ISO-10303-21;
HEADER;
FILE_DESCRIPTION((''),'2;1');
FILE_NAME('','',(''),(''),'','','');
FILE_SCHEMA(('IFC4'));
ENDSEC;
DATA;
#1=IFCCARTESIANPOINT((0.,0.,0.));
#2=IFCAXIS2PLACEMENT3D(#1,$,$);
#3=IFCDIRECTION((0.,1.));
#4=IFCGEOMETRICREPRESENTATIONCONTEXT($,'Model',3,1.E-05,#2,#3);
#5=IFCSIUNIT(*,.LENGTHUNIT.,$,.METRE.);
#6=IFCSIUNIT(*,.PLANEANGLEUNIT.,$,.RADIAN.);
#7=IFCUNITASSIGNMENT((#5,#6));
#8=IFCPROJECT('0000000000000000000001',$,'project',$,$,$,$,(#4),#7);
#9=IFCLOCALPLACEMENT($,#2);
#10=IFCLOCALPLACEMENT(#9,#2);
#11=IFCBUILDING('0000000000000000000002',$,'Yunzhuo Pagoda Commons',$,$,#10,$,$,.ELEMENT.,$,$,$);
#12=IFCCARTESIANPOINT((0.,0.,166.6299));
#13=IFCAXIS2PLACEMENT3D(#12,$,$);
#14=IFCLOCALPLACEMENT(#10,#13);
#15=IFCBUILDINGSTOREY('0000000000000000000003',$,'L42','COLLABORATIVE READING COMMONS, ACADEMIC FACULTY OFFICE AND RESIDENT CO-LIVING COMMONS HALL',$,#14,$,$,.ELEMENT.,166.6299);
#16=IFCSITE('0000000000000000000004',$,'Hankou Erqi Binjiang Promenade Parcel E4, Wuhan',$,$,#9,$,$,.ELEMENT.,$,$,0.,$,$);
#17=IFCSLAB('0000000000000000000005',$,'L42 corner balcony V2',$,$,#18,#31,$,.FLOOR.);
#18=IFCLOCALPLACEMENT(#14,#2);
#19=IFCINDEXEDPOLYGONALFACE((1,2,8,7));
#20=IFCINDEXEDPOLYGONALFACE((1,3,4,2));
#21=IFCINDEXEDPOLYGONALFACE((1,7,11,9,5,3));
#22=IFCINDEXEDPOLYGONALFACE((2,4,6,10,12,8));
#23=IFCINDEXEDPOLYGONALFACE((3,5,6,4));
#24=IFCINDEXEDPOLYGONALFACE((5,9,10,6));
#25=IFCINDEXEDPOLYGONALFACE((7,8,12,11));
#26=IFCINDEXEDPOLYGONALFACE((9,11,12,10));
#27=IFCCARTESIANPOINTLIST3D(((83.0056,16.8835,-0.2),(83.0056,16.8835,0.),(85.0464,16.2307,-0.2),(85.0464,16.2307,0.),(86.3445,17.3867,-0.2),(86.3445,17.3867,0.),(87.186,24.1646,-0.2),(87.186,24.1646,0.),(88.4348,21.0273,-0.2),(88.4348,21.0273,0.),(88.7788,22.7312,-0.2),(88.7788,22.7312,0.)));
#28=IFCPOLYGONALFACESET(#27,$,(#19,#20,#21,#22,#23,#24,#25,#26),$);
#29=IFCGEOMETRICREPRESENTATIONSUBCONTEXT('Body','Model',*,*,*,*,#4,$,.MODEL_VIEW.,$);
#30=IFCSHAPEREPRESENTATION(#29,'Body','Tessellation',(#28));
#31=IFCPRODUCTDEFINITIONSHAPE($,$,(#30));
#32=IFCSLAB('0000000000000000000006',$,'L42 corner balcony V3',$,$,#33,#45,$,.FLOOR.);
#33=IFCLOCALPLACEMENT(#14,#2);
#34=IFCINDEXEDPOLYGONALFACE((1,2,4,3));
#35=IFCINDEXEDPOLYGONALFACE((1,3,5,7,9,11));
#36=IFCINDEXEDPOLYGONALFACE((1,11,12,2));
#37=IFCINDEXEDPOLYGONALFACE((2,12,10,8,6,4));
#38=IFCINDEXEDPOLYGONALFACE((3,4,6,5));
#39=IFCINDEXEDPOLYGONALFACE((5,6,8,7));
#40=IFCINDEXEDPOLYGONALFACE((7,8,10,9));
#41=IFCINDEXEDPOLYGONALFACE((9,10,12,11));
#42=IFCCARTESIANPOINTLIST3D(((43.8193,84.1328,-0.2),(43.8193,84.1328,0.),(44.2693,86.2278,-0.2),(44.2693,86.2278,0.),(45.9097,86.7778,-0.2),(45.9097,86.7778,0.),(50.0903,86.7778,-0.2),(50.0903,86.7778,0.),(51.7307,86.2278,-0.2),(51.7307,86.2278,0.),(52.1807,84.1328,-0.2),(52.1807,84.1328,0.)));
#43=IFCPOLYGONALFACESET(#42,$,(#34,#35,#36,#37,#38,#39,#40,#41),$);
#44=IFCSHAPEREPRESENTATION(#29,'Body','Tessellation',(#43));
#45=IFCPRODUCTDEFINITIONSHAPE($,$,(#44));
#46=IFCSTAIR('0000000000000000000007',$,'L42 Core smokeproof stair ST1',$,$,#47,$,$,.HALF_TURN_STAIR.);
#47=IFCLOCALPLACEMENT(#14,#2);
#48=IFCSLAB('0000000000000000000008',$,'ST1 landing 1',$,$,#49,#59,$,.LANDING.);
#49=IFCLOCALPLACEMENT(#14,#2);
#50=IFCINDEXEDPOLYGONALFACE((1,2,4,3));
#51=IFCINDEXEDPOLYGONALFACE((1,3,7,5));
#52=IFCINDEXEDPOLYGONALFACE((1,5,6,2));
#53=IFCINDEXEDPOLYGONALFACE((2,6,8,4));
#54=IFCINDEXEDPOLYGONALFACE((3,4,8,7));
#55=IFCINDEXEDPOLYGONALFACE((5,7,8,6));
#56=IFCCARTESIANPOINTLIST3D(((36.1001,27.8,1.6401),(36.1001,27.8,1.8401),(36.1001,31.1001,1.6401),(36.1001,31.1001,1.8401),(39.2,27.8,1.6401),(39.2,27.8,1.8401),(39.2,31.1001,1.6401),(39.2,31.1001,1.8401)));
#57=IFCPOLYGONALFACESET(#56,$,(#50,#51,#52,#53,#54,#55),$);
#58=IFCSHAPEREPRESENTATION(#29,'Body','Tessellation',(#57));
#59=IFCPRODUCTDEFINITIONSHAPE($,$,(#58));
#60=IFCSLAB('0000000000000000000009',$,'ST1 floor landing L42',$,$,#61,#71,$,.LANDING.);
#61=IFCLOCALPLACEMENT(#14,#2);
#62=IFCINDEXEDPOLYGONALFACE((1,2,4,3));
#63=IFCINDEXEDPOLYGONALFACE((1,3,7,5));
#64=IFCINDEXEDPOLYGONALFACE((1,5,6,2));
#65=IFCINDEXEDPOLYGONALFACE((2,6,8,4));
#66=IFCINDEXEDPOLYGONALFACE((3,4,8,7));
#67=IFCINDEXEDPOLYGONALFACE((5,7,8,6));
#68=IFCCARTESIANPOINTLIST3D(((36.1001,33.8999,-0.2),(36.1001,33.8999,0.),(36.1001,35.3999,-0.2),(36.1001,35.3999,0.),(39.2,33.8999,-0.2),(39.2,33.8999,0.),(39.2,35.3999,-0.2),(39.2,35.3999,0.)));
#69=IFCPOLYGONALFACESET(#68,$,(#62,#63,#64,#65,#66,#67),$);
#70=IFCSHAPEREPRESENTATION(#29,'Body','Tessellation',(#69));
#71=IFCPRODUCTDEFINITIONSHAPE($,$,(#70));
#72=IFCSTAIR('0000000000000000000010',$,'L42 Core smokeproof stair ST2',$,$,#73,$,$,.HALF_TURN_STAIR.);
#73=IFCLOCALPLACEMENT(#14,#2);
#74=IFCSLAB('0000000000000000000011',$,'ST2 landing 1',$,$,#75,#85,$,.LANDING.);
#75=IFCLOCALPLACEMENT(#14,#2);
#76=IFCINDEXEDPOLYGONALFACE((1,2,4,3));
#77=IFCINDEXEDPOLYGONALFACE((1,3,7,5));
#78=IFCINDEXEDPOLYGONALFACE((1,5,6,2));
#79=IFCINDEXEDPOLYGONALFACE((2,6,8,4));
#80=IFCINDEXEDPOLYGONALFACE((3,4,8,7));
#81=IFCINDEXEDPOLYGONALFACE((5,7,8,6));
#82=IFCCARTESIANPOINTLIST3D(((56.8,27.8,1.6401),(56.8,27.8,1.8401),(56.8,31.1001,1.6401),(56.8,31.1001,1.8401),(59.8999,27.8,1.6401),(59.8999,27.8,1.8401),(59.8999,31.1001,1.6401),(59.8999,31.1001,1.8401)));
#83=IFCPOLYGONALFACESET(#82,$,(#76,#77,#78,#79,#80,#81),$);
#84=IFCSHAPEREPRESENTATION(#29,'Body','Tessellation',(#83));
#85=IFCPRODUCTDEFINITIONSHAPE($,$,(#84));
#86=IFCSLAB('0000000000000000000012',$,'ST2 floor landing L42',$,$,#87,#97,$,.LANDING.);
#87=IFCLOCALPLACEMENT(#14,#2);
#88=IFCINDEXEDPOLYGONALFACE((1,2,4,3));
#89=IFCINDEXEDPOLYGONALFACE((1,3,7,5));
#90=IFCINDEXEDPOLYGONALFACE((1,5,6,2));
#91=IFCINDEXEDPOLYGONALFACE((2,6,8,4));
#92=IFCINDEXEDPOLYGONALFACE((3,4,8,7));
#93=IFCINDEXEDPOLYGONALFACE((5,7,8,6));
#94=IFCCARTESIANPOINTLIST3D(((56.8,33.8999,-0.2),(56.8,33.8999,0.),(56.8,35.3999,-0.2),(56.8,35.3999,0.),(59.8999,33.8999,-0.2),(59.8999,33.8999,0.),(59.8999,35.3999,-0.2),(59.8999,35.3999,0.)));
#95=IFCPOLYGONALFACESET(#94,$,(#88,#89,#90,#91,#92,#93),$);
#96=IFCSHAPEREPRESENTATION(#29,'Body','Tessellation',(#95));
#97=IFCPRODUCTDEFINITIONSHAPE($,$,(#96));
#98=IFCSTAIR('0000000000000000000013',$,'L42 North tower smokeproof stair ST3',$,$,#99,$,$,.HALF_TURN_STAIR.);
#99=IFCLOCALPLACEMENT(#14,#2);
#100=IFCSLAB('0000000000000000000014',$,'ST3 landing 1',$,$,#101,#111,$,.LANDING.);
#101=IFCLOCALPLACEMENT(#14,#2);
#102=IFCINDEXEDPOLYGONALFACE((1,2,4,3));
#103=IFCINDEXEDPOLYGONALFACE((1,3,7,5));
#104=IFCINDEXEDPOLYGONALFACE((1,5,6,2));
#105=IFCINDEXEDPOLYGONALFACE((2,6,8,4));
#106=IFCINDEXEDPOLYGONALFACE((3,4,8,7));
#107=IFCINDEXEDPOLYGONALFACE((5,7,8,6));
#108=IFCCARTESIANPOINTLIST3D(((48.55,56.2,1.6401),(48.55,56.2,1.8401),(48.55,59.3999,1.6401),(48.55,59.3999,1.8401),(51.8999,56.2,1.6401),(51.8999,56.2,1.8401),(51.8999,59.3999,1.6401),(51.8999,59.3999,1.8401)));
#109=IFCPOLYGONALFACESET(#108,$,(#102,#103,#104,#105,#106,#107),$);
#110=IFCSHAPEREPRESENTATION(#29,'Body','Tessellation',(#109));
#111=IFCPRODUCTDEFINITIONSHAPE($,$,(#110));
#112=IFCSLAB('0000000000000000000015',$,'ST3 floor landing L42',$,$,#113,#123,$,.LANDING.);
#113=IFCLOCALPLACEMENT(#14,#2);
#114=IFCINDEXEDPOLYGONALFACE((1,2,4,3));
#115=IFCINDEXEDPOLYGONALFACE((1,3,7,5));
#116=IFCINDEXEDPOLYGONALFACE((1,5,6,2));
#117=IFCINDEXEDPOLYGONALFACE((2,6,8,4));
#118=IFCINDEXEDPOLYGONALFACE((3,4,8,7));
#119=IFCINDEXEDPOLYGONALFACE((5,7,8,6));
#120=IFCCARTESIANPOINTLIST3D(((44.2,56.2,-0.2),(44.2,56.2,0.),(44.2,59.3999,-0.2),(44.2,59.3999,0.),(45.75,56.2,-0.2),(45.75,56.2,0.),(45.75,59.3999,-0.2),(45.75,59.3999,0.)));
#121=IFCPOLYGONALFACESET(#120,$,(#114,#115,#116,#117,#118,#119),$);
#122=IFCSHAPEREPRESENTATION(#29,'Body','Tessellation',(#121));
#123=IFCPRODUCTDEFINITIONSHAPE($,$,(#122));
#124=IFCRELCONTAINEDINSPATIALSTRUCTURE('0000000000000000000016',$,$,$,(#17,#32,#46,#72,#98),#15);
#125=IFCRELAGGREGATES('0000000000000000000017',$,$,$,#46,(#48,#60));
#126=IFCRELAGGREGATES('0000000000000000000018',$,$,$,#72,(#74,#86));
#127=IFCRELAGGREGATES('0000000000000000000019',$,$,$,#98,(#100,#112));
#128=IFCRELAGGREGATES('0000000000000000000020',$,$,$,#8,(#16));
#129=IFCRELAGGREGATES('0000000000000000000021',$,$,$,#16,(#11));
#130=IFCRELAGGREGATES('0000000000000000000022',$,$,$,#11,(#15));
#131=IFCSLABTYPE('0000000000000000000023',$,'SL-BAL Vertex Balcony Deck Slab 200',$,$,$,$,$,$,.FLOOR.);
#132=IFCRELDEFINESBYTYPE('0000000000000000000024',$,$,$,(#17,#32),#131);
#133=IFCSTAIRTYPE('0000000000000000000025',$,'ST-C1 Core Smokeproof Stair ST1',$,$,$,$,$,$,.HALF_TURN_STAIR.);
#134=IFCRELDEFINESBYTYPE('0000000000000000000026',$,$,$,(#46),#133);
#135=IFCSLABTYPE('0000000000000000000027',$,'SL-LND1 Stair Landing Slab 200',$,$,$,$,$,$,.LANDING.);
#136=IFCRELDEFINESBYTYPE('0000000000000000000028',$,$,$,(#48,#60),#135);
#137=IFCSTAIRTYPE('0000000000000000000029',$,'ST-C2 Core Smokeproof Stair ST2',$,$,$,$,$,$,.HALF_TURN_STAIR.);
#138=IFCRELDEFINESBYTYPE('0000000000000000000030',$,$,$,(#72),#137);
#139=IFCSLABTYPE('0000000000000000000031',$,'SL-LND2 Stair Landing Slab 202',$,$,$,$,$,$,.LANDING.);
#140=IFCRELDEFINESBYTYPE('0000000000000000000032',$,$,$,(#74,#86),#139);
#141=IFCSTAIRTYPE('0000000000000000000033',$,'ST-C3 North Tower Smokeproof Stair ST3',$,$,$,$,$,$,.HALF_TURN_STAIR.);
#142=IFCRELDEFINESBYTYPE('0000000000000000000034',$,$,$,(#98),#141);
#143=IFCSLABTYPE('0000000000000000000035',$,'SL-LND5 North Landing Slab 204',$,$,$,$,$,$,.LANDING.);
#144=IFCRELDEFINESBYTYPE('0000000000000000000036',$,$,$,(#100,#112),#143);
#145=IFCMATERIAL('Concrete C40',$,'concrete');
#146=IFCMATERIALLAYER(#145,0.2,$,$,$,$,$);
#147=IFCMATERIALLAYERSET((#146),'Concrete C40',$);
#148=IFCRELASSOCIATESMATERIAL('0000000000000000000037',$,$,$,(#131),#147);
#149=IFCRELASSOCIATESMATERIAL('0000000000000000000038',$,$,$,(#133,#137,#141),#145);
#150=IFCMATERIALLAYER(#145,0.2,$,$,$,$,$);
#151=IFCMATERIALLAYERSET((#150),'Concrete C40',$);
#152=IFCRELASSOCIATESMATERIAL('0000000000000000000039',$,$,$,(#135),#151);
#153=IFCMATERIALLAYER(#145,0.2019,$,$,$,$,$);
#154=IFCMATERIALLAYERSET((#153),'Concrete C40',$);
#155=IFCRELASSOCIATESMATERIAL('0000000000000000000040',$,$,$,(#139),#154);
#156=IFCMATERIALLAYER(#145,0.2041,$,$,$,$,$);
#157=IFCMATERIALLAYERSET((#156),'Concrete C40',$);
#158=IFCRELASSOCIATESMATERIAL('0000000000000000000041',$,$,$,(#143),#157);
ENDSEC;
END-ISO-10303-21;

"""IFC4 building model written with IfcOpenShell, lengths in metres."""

from ifc_helpers import new_model, si_unit, direction, frame, origin, place, context, subcontext, project, spatial, polyline, outline, extrude, material, layer, layer_set, type_object, element, aggregate, save


model = new_model("IFC4")

# Units and contexts
model_context = context("Model", 3, precision=1e-05, world=origin(), true_north=direction((0.0, 1.0)))
body_context = subcontext(model_context, "Body", "Model", "MODEL_VIEW")
ifc_project = project(units=[si_unit("LENGTHUNIT", "METRE"), si_unit("PLANEANGLEUNIT", "RADIAN")], contexts=[model_context])

# Site, building, storey
site_placement = place(None, origin())
site = spatial("IfcSite", under=ifc_project, at=site_placement, Name="Hankou Erqi Binjiang Promenade Parcel E4, Wuhan", CompositionType="ELEMENT", RefElevation=0.0)
building_placement = place(site_placement, origin())
building = spatial("IfcBuilding", under=site, at=building_placement, Name="Yunzhuo Pagoda Commons", CompositionType="ELEMENT")
storey_placement = place(building_placement, frame((0.0, 0.0, 166.6299)))
storey = spatial("IfcBuildingStorey", under=building, at=storey_placement, Name="L42", Description="COLLABORATIVE READING COMMONS, ACADEMIC FACULTY OFFICE AND RESIDENT CO-LIVING COMMONS HALL", CompositionType="ELEMENT", Elevation=166.6299)

# Slabs
ifc_material_1 = material(Name="Concrete C40", Category="concrete")
ifc_layer_1 = layer(ifc_material_1, 0.2)
ifc_layer_set_1 = layer_set([ifc_layer_1], Name="Concrete C40")
slab_type_1 = type_object("IfcSlabType", Name="SL-BAL Vertex Balcony Deck Slab 200", PredefinedType="FLOOR", material=ifc_layer_set_1)
slab_1_placement = place(storey_placement, frame((0.0, 0.0, -0.2)))
element("IfcSlab", 1, at=slab_1_placement, inside=storey, type_object=slab_type_1, Name="L42 corner balcony V2", PredefinedType="FLOOR", context=body_context, shape_type="SweptSolid", body=[
    extrude(outline(polyline([(83.0056, 16.8835), (87.186, 24.1646), (88.7788, 22.7312), (88.4348, 21.0273), (86.3445, 17.3867), (85.0464, 16.2307), (83.0056, 16.8835)])), origin(), (0.0, 0.0, 1.0), 0.2),
])
slab_2_placement = place(storey_placement, frame((0.0, 0.0, -0.2)))
element("IfcSlab", 2, at=slab_2_placement, inside=storey, type_object=slab_type_1, Name="L42 corner balcony V3", PredefinedType="FLOOR", context=body_context, shape_type="SweptSolid", body=[
    extrude(outline(polyline([(52.1807, 84.1328), (43.8193, 84.1328), (44.2693, 86.2278), (45.9097, 86.7778), (50.0903, 86.7778), (51.7307, 86.2278), (52.1807, 84.1328)])), origin(), (0.0, 0.0, 1.0), 0.2),
])

# Stairs, slabs
stair_type_1 = type_object("IfcStairType", Name="ST-C1 Core Smokeproof Stair ST1", PredefinedType="HALF_TURN_STAIR", material=ifc_material_1)
stair_1_placement = place(storey_placement, origin())
stair_1 = element("IfcStair", 3, at=stair_1_placement, inside=storey, type_object=stair_type_1, Name="L42 Core smokeproof stair ST1", PredefinedType="HALF_TURN_STAIR")
ifc_layer_2 = layer(ifc_material_1, 0.2)
ifc_layer_set_2 = layer_set([ifc_layer_2], Name="Concrete C40")
slab_type_2 = type_object("IfcSlabType", Name="SL-LND1 Stair Landing Slab 200", PredefinedType="LANDING", material=ifc_layer_set_2)
slab_3_placement = place(storey_placement, frame((0.0, 0.0, 1.6401)))
slab_3 = element("IfcSlab", 4, at=slab_3_placement, type_object=slab_type_2, Name="ST1 landing 1", PredefinedType="LANDING", context=body_context, shape_type="SweptSolid", body=[
    extrude(outline(polyline([(36.1001, 31.1001), (36.1001, 27.8), (39.2, 27.8), (39.2, 31.1001), (36.1001, 31.1001)])), origin(), (0.0, 0.0, 1.0), 0.2),
])
slab_4_placement = place(storey_placement, frame((0.0, 0.0, -0.2)))
slab_4 = element("IfcSlab", 5, at=slab_4_placement, type_object=slab_type_2, Name="ST1 floor landing L42", PredefinedType="LANDING", context=body_context, shape_type="SweptSolid", body=[
    extrude(outline(polyline([(36.1001, 35.3999), (36.1001, 33.8999), (39.2, 33.8999), (39.2, 35.3999), (36.1001, 35.3999)])), origin(), (0.0, 0.0, 1.0), 0.2),
])
aggregate(stair_1, [slab_3, slab_4])
stair_type_2 = type_object("IfcStairType", Name="ST-C2 Core Smokeproof Stair ST2", PredefinedType="HALF_TURN_STAIR", material=ifc_material_1)
stair_2_placement = place(storey_placement, origin())
stair_2 = element("IfcStair", 6, at=stair_2_placement, inside=storey, type_object=stair_type_2, Name="L42 Core smokeproof stair ST2", PredefinedType="HALF_TURN_STAIR")
ifc_layer_3 = layer(ifc_material_1, 0.2019)
ifc_layer_set_3 = layer_set([ifc_layer_3], Name="Concrete C40")
slab_type_3 = type_object("IfcSlabType", Name="SL-LND2 Stair Landing Slab 202", PredefinedType="LANDING", material=ifc_layer_set_3)
slab_5_placement = place(storey_placement, frame((0.0, 0.0, 1.6401)))
slab_5 = element("IfcSlab", 7, at=slab_5_placement, type_object=slab_type_3, Name="ST2 landing 1", PredefinedType="LANDING", context=body_context, shape_type="SweptSolid", body=[
    extrude(outline(polyline([(56.8, 31.1001), (56.8, 27.8), (59.8999, 27.8), (59.8999, 31.1001), (56.8, 31.1001)])), origin(), (0.0, 0.0, 1.0), 0.2),
])
slab_6_placement = place(storey_placement, frame((0.0, 0.0, -0.2)))
slab_6 = element("IfcSlab", 8, at=slab_6_placement, type_object=slab_type_3, Name="ST2 floor landing L42", PredefinedType="LANDING", context=body_context, shape_type="SweptSolid", body=[
    extrude(outline(polyline([(56.8, 35.3999), (56.8, 33.8999), (59.8999, 33.8999), (59.8999, 35.3999), (56.8, 35.3999)])), origin(), (0.0, 0.0, 1.0), 0.2),
])
aggregate(stair_2, [slab_5, slab_6])
stair_type_3 = type_object("IfcStairType", Name="ST-C3 North Tower Smokeproof Stair ST3", PredefinedType="HALF_TURN_STAIR", material=ifc_material_1)
stair_3_placement = place(storey_placement, origin())
stair_3 = element("IfcStair", 9, at=stair_3_placement, inside=storey, type_object=stair_type_3, Name="L42 North tower smokeproof stair ST3", PredefinedType="HALF_TURN_STAIR")
ifc_layer_4 = layer(ifc_material_1, 0.2041)
ifc_layer_set_4 = layer_set([ifc_layer_4], Name="Concrete C40")
slab_type_4 = type_object("IfcSlabType", Name="SL-LND5 North Landing Slab 204", PredefinedType="LANDING", material=ifc_layer_set_4)
slab_7_placement = place(storey_placement, frame((0.0, 0.0, 1.6401)))
slab_7 = element("IfcSlab", 10, at=slab_7_placement, type_object=slab_type_4, Name="ST3 landing 1", PredefinedType="LANDING", context=body_context, shape_type="SweptSolid", body=[
    extrude(outline(polyline([(48.55, 56.2), (51.8999, 56.2), (51.8999, 59.3999), (48.55, 59.3999), (48.55, 56.2)])), origin(), (0.0, 0.0, 1.0), 0.2),
])
slab_8_placement = place(storey_placement, frame((0.0, 0.0, -0.2)))
slab_8 = element("IfcSlab", 11, at=slab_8_placement, type_object=slab_type_4, Name="ST3 floor landing L42", PredefinedType="LANDING", context=body_context, shape_type="SweptSolid", body=[
    extrude(outline(polyline([(44.2, 56.2), (45.75, 56.2), (45.75, 59.3999), (44.2, 59.3999), (44.2, 56.2)])), origin(), (0.0, 0.0, 1.0), 0.2),
])
aggregate(stair_3, [slab_7, slab_8])

save(model, "model.ifc")
